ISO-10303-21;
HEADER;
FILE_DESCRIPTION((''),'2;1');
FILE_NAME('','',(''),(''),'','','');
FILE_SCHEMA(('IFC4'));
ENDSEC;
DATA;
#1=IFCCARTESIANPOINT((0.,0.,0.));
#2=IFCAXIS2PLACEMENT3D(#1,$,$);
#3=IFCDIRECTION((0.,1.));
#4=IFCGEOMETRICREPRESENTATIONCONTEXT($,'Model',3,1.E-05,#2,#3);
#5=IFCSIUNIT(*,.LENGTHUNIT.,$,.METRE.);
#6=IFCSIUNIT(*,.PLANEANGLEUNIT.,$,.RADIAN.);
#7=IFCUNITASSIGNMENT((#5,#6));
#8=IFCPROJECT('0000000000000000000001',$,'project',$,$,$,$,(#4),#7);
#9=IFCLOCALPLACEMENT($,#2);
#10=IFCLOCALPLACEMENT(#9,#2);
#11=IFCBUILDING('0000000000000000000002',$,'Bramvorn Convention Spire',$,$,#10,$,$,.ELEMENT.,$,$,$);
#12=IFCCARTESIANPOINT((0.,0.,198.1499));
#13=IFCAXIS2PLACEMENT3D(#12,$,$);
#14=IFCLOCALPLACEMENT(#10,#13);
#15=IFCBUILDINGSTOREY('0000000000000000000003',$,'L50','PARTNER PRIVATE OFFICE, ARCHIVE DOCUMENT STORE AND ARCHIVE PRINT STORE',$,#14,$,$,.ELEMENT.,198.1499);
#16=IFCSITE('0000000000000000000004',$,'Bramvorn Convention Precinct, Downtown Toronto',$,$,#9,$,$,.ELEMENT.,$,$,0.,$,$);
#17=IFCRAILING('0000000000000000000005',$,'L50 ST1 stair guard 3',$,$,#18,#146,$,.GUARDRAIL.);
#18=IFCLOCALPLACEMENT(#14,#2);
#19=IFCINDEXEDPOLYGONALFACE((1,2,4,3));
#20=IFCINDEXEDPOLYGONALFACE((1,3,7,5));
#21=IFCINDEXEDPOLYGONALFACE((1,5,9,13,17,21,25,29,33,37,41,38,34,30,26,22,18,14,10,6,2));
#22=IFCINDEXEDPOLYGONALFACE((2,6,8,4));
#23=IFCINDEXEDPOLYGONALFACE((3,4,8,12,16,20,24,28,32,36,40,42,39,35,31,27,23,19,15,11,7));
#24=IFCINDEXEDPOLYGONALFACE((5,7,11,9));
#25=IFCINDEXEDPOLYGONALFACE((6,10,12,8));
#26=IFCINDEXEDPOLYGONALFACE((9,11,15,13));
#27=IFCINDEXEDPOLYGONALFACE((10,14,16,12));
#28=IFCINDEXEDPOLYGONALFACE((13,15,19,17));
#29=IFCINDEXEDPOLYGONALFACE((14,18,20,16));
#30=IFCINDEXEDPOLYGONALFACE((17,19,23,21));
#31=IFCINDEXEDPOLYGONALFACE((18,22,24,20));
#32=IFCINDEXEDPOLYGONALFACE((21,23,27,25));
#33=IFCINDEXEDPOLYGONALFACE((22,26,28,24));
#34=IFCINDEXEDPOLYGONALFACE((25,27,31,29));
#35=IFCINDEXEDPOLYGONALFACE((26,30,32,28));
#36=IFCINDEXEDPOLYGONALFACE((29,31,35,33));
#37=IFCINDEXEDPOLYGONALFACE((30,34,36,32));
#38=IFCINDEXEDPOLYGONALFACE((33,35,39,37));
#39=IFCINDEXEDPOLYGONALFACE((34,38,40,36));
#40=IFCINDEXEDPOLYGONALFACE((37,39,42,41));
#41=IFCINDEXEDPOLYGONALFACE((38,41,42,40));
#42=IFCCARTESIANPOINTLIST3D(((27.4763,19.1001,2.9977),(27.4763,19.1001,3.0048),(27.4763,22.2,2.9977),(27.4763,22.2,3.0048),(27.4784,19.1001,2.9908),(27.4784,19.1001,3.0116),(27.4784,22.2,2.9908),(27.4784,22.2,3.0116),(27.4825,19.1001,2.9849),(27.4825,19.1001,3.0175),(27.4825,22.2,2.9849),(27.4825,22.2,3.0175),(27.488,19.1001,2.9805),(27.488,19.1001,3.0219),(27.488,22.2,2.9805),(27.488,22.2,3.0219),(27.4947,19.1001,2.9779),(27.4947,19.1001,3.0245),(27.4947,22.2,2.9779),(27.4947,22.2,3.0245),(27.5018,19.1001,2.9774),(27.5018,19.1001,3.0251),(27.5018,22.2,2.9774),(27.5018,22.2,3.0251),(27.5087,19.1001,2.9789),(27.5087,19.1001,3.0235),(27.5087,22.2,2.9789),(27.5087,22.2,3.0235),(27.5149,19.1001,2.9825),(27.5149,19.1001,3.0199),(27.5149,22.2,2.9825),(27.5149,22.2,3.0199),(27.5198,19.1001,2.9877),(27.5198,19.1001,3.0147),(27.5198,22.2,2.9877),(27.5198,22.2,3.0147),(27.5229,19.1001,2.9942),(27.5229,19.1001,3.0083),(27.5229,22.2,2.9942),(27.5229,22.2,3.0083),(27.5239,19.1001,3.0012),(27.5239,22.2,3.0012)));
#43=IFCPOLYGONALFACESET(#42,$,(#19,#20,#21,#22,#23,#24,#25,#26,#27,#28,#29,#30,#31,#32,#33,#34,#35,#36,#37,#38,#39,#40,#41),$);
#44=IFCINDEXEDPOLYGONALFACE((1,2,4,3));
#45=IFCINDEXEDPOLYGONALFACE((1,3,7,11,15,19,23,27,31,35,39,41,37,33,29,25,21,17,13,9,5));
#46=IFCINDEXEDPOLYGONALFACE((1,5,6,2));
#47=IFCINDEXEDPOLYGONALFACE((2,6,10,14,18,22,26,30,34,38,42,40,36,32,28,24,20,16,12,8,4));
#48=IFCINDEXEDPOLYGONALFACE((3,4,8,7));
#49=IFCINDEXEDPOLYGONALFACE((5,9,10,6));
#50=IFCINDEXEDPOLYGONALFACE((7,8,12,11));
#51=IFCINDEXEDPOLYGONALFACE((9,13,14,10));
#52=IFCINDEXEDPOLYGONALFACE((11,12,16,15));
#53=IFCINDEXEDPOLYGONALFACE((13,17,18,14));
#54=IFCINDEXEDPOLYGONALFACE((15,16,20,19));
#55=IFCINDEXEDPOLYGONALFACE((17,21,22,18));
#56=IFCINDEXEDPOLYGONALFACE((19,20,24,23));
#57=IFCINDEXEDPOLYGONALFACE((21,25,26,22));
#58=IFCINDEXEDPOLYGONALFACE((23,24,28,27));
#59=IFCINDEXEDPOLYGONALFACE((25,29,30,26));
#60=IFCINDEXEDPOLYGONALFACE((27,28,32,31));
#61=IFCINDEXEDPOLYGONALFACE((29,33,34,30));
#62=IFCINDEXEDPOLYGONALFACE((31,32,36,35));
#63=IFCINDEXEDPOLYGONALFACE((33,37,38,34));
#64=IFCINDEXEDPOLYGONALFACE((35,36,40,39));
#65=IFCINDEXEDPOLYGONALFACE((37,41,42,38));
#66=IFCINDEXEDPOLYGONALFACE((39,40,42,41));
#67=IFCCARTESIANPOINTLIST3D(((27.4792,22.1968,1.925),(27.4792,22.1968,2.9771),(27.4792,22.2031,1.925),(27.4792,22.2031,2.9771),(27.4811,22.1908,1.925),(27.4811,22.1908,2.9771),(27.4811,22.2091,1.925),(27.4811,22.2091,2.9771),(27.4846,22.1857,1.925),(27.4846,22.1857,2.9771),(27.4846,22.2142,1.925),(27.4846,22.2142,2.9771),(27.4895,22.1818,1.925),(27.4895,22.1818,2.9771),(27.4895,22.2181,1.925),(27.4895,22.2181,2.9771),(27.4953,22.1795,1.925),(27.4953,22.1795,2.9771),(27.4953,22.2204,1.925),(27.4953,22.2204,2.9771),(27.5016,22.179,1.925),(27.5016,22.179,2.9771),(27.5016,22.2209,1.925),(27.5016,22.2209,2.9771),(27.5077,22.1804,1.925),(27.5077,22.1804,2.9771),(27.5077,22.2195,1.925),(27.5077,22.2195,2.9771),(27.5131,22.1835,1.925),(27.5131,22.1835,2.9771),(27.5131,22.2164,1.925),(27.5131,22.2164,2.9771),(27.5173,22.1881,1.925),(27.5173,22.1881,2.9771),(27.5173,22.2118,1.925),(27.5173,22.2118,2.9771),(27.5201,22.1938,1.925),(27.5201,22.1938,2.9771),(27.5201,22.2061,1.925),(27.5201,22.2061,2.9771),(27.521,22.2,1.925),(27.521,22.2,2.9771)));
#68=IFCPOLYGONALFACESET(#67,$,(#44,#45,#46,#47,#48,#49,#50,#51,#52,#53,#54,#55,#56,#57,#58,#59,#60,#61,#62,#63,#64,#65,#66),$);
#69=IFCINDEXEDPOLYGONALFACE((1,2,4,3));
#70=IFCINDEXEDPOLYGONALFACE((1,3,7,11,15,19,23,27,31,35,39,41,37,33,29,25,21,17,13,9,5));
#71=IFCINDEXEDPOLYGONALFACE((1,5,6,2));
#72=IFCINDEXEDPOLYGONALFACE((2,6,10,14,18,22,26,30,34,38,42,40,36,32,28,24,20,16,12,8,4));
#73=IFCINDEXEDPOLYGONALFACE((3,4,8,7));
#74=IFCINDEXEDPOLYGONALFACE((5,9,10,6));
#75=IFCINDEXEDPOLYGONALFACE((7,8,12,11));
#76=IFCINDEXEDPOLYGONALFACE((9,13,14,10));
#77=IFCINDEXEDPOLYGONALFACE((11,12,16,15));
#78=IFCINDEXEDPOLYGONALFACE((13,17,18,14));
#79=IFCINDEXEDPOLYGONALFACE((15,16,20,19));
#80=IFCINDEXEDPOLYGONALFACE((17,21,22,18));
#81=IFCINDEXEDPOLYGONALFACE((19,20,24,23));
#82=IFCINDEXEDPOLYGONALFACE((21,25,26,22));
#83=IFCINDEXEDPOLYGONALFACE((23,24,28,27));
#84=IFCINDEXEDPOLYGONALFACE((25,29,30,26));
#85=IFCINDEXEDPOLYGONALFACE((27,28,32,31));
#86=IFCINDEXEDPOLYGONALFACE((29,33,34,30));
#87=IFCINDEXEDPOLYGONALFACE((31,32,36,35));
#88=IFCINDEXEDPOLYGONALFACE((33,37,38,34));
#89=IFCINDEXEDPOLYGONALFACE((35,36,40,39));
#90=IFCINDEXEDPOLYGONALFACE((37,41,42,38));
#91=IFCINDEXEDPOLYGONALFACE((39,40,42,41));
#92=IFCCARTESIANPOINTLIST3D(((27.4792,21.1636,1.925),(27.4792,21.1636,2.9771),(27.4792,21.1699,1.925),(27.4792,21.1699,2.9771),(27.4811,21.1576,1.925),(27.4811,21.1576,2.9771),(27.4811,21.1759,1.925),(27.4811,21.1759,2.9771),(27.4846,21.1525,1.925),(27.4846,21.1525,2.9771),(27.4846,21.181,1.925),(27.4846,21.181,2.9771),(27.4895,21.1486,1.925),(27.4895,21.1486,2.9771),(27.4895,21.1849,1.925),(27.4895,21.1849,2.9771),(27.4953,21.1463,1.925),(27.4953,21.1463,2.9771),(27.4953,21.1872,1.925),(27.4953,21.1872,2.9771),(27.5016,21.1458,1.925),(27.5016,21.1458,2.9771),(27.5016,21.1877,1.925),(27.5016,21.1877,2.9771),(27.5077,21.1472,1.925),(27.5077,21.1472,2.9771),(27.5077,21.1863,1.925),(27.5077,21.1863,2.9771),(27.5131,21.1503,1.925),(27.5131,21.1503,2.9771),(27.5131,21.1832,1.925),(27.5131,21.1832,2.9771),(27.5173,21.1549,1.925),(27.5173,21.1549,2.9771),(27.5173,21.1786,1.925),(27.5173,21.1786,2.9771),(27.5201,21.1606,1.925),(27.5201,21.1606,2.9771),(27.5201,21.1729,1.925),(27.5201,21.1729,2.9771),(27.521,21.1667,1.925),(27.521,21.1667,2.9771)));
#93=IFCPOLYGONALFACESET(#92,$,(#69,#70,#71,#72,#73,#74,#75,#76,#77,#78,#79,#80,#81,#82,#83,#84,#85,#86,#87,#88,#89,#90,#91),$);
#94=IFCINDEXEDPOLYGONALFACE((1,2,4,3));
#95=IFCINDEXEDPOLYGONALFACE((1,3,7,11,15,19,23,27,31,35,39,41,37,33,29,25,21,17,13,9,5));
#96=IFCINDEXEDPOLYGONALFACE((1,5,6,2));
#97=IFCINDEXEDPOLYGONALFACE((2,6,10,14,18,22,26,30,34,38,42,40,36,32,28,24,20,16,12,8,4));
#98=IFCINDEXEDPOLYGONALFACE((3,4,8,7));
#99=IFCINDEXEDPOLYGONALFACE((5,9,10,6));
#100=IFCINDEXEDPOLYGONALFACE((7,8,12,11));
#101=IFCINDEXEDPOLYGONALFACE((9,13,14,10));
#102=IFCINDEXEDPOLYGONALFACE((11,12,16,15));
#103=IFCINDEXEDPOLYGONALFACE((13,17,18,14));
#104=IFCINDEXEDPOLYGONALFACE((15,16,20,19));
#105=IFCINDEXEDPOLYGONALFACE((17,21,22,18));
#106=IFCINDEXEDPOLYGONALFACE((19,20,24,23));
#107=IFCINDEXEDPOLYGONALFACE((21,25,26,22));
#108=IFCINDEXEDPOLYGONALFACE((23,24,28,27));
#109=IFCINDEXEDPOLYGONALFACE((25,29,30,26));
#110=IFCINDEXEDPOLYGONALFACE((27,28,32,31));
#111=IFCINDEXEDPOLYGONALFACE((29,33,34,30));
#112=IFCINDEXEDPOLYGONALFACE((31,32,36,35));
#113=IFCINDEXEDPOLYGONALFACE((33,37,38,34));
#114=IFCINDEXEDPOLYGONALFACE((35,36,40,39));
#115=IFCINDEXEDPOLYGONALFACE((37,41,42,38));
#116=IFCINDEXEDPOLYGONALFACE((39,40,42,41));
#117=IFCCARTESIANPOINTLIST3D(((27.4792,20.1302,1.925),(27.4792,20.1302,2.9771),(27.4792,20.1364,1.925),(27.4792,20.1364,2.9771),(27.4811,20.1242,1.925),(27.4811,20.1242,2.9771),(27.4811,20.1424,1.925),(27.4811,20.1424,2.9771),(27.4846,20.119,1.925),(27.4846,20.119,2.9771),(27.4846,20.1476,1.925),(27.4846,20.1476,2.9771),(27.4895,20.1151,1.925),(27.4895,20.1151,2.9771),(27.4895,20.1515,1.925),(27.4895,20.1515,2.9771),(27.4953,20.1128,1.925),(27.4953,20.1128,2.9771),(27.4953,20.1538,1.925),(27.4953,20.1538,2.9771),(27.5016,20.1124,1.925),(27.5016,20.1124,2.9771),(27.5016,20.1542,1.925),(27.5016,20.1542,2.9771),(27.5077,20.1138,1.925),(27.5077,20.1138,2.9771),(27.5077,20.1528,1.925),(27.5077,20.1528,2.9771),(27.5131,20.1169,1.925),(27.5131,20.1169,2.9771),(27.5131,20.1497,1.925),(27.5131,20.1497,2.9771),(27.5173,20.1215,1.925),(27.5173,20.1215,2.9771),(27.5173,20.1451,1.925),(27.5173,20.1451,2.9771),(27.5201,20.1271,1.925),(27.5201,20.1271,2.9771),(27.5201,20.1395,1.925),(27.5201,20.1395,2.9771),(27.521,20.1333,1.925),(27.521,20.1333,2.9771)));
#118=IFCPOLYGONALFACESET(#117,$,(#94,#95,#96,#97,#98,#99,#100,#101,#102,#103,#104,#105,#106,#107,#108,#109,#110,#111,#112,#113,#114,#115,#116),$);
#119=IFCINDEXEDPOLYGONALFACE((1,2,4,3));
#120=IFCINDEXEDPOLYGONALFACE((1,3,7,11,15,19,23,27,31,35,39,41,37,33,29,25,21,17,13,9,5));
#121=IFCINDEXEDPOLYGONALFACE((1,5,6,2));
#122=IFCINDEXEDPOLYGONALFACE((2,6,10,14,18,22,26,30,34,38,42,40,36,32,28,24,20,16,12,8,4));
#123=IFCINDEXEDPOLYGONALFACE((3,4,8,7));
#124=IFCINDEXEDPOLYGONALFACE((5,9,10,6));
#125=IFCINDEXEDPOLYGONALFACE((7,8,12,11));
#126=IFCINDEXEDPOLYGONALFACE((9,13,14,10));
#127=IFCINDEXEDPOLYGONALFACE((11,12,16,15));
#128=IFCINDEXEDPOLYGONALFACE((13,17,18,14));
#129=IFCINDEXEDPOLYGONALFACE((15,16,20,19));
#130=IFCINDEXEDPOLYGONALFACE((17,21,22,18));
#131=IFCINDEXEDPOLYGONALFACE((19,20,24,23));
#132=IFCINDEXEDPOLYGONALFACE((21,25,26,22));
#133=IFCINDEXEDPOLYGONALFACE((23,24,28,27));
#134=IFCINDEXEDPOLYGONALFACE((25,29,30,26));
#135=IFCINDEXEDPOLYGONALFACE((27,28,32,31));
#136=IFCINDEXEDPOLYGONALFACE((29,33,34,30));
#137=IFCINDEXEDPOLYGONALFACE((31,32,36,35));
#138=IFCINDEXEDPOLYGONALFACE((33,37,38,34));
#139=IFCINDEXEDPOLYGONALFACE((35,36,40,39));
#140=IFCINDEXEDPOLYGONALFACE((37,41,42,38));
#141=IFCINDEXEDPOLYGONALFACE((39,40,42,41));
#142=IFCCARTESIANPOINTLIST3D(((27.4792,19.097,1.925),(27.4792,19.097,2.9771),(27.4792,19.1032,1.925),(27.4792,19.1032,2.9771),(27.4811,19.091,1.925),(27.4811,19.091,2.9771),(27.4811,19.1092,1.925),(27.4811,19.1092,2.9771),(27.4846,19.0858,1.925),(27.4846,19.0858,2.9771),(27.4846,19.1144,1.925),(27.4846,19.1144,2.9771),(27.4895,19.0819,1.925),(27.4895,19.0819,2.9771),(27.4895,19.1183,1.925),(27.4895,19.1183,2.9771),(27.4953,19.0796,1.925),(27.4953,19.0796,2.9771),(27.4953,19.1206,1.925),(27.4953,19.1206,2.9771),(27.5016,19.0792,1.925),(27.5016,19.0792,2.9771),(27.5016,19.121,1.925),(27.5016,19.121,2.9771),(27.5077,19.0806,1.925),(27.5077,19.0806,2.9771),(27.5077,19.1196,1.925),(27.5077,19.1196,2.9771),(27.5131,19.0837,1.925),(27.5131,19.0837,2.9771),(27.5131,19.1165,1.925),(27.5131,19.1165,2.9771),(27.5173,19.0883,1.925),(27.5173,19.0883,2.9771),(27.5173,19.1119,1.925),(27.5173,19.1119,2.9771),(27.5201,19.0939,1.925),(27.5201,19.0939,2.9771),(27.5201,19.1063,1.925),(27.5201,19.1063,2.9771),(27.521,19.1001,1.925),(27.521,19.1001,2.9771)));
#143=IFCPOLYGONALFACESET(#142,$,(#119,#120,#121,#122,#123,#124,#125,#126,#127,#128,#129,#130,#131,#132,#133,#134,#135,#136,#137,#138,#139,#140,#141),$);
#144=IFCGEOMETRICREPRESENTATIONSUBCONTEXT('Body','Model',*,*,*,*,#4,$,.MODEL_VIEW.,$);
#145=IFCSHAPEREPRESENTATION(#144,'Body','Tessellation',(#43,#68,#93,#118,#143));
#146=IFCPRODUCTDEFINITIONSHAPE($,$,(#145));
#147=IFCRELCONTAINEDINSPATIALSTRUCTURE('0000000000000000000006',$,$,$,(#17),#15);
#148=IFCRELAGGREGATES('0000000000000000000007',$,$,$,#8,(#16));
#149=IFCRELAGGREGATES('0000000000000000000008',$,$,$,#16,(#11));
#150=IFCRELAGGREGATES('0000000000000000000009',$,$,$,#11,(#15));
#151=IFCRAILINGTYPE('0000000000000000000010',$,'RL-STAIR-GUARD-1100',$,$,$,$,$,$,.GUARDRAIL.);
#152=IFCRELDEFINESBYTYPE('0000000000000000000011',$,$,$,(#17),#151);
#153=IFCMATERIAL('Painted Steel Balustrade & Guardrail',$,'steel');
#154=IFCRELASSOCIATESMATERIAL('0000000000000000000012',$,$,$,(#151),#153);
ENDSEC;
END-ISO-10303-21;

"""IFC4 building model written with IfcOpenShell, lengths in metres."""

from ifc_helpers import new_model, si_unit, direction, frame, origin, origin_2d, place, context, subcontext, project, spatial, circle, extrude, material, type_object, element, save


model = new_model("IFC4")

# Units and contexts
model_context = context("Model", 3, precision=1e-05, world=origin(), true_north=direction((0.0, 1.0)))
body_context = subcontext(model_context, "Body", "Model", "MODEL_VIEW")
ifc_project = project(units=[si_unit("LENGTHUNIT", "METRE"), si_unit("PLANEANGLEUNIT", "RADIAN")], contexts=[model_context])

# Site, building, storey
site_placement = place(None, origin())
site = spatial("IfcSite", under=ifc_project, at=site_placement, Name="Bramvorn Convention Precinct, Downtown Toronto", CompositionType="ELEMENT", RefElevation=0.0)
building_placement = place(site_placement, origin())
building = spatial("IfcBuilding", under=site, at=building_placement, Name="Bramvorn Convention Spire", CompositionType="ELEMENT")
storey_placement = place(building_placement, frame((0.0, 0.0, 198.1499)))
storey = spatial("IfcBuildingStorey", under=building, at=storey_placement, Name="L50", Description="PARTNER PRIVATE OFFICE, ARCHIVE DOCUMENT STORE AND ARCHIVE PRINT STORE", CompositionType="ELEMENT", Elevation=198.1499)

# Railing
ifc_material_1 = material(Name="Painted Steel Balustrade & Guardrail", Category="steel")
railing_type_1 = type_object("IfcRailingType", Name="RL-STAIR-GUARD-1100", PredefinedType="GUARDRAIL", material=ifc_material_1)
for number, where, name in (
    (1, (27.5, 22.2, 1.925), "L50 ST1 stair guard 3"),
):
    element("IfcRailing", number, at=place(storey_placement, frame(where)), inside=storey, type_object=railing_type_1, Name=name, PredefinedType="GUARDRAIL", context=body_context, shape_type="SweptSolid", body=[
        extrude(circle(Radius=0.0239, at=origin_2d()), frame((0.0, 0.0, 1.0762), z_axis=(0.0, -1.0, 0.0), x_axis=(1.0, 0.0, 0.0)), (0.0, 0.0, 1.0), 3.0999),
        extrude(circle(Radius=0.021, at=origin_2d()), origin(), (0.0, 0.0, 1.0), 1.052),
        extrude(circle(Radius=0.021, at=origin_2d()), frame((0.0, -1.0332, 0.0)), (0.0, 0.0, 1.0), 1.052),
        extrude(circle(Radius=0.021, at=origin_2d()), frame((0.0, -2.0667, 0.0)), (0.0, 0.0, 1.0), 1.052),
        extrude(circle(Radius=0.021, at=origin_2d()), frame((0.0, -3.0999, 0.0)), (0.0, 0.0, 1.0), 1.052),
    ])

save(model, "model.ifc")
